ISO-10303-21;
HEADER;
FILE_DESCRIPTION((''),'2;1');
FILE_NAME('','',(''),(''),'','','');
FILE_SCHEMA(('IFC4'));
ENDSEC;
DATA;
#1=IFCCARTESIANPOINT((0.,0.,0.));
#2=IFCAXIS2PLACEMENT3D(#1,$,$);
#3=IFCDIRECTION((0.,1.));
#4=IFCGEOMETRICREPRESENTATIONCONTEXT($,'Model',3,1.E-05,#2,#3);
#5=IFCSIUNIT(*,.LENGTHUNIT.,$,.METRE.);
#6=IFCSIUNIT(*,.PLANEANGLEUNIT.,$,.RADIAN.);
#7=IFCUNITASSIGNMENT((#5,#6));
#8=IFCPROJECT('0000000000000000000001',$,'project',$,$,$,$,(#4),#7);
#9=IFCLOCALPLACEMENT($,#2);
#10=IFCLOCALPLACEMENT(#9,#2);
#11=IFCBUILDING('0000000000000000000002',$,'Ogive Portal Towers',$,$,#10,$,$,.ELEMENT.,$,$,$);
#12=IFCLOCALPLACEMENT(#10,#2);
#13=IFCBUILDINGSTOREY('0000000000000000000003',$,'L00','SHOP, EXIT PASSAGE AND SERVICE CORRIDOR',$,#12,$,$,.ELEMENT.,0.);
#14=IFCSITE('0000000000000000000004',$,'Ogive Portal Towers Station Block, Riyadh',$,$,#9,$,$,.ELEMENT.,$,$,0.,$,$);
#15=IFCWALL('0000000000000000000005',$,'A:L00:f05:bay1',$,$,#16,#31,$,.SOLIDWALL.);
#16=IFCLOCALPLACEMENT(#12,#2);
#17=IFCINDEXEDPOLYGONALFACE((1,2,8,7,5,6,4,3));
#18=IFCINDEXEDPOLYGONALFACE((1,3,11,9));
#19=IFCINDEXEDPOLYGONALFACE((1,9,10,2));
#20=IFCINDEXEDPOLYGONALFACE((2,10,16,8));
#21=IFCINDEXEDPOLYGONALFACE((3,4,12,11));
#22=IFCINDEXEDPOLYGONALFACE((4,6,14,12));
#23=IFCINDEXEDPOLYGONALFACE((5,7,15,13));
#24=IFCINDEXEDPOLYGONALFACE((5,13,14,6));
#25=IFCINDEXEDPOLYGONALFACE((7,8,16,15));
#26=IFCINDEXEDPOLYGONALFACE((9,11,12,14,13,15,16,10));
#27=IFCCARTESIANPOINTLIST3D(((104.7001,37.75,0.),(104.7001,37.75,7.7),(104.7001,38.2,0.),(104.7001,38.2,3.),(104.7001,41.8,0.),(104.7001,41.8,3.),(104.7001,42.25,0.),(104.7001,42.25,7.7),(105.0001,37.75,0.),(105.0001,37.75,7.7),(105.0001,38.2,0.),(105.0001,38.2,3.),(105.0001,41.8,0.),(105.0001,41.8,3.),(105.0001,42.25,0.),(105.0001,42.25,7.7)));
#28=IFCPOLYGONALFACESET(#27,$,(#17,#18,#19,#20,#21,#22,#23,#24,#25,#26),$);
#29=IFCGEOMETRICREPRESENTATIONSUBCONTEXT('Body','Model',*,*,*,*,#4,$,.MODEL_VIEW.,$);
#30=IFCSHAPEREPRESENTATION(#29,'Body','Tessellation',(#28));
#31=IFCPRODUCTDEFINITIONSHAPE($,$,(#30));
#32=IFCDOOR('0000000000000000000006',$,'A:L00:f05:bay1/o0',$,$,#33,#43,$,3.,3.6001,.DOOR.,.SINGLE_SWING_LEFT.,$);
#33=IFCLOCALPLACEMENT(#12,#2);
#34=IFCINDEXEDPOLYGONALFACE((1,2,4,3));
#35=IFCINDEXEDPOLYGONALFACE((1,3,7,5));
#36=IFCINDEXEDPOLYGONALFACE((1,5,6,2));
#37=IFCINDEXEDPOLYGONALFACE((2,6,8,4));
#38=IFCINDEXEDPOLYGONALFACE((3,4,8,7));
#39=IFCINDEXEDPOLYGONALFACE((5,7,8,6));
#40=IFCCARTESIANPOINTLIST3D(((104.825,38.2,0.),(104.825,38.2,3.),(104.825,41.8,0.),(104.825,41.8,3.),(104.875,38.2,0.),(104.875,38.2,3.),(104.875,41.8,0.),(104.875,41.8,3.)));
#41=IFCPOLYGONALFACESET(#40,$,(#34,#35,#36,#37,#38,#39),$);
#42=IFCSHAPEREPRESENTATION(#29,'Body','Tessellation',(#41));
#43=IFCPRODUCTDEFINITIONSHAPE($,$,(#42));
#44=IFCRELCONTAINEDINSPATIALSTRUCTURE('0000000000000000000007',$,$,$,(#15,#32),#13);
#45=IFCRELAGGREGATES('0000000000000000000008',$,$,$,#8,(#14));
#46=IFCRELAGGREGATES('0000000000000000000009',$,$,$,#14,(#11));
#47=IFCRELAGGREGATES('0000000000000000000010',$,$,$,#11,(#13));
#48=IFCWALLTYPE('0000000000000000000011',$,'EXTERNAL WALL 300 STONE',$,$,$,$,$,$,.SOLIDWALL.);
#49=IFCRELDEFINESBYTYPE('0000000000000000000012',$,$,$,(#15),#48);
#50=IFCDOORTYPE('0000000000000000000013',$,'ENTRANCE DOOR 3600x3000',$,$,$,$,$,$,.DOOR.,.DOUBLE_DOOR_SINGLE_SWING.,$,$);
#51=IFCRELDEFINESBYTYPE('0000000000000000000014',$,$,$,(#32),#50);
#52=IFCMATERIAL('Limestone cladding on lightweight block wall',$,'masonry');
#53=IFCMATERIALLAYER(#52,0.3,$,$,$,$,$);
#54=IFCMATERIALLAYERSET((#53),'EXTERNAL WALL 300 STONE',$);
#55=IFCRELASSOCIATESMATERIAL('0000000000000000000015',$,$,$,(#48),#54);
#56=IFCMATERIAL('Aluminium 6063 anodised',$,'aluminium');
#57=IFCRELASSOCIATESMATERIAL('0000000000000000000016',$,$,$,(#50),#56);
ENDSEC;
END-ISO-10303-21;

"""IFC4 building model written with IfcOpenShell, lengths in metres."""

from ifc_helpers import new_model, si_unit, direction, frame, frame_2d, origin, place, context, subcontext, project, spatial, rectangle, extrude, material, layer, layer_set, type_object, element, fill, save


model = new_model("IFC4")

# Units and contexts
model_context = context("Model", 3, precision=1e-05, world=origin(), true_north=direction((0.0, 1.0)))
body_context = subcontext(model_context, "Body", "Model", "MODEL_VIEW")
ifc_project = project(units=[si_unit("LENGTHUNIT", "METRE"), si_unit("PLANEANGLEUNIT", "RADIAN")], contexts=[model_context])

# Site, building, storey
site_placement = place(None, origin())
site = spatial("IfcSite", under=ifc_project, at=site_placement, Name="Ogive Portal Towers Station Block, Riyadh", CompositionType="ELEMENT", RefElevation=0.0)
building_placement = place(site_placement, origin())
building = spatial("IfcBuilding", under=site, at=building_placement, Name="Ogive Portal Towers", CompositionType="ELEMENT")
storey_placement = place(building_placement, origin())
storey = spatial("IfcBuildingStorey", under=building, at=storey_placement, Name="L00", Description="SHOP, EXIT PASSAGE AND SERVICE CORRIDOR", CompositionType="ELEMENT", Elevation=0.0)

# Shared definitions
ifc_material_1 = material(Name="Aluminium 6063 anodised", Category="aluminium")

# Wall, opening, door
ifc_material_2 = material(Name="Limestone cladding on lightweight block wall", Category="masonry")
ifc_layer_1 = layer(ifc_material_2, 0.3)
ifc_layer_set_1 = layer_set([ifc_layer_1], Name="EXTERNAL WALL 300 STONE")
wall_type = type_object("IfcWallType", Name="EXTERNAL WALL 300 STONE", PredefinedType="SOLIDWALL", material=ifc_layer_set_1)
wall_placement = place(storey_placement, frame((104.8501, 42.25, 0.0), z_axis=(0.0, 0.0, 1.0), x_axis=(0.0, -1.0, 0.0)))
wall = element("IfcWall", 1, at=wall_placement, inside=storey, type_object=wall_type, Name="A:L00:f05:bay1", PredefinedType="SOLIDWALL", context=body_context, shape_type="SweptSolid", body=[
    extrude(rectangle(XDim=4.5, YDim=0.3, at=frame_2d((2.25, 0.0))), origin(), (0.0, 0.0, 1.0), 7.7),
])
opening_placement = place(wall_placement, frame((0.45, 0.0, 0.0)))
opening = element("IfcOpeningElement", 2, at=opening_placement, cuts=wall, PredefinedType="OPENING", context=body_context, shape_type="SweptSolid", body=[
    extrude(rectangle(XDim=3.6001, YDim=3.0, at=frame_2d((1.8, 1.5))), frame((0.0, 0.1602, 0.0), z_axis=(0.0, -1.0, 0.0), x_axis=(1.0, 0.0, 0.0)), (0.0, 0.0, 1.0), 0.3201),
])
door_type = type_object("IfcDoorType", Name="ENTRANCE DOOR 3600x3000", OperationType="DOUBLE_DOOR_SINGLE_SWING", PredefinedType="DOOR", material=ifc_material_1)
door_placement = place(opening_placement, origin())
door = element("IfcDoor", 3, at=door_placement, inside=storey, type_object=door_type, Name="A:L00:f05:bay1/o0", OperationType="SINGLE_SWING_LEFT", OverallHeight=3.0, OverallWidth=3.6001, PredefinedType="DOOR", context=body_context, shape_type="SweptSolid", body=[
    extrude(rectangle(XDim=3.6001, YDim=3.0, at=frame_2d((1.8, 1.5))), frame((0.0, 0.0249, 0.0), z_axis=(0.0, -1.0, 0.0), x_axis=(1.0, 0.0, 0.0)), (0.0, 0.0, 1.0), 0.05),
])
fill(opening, door)

save(model, "model.ifc")
